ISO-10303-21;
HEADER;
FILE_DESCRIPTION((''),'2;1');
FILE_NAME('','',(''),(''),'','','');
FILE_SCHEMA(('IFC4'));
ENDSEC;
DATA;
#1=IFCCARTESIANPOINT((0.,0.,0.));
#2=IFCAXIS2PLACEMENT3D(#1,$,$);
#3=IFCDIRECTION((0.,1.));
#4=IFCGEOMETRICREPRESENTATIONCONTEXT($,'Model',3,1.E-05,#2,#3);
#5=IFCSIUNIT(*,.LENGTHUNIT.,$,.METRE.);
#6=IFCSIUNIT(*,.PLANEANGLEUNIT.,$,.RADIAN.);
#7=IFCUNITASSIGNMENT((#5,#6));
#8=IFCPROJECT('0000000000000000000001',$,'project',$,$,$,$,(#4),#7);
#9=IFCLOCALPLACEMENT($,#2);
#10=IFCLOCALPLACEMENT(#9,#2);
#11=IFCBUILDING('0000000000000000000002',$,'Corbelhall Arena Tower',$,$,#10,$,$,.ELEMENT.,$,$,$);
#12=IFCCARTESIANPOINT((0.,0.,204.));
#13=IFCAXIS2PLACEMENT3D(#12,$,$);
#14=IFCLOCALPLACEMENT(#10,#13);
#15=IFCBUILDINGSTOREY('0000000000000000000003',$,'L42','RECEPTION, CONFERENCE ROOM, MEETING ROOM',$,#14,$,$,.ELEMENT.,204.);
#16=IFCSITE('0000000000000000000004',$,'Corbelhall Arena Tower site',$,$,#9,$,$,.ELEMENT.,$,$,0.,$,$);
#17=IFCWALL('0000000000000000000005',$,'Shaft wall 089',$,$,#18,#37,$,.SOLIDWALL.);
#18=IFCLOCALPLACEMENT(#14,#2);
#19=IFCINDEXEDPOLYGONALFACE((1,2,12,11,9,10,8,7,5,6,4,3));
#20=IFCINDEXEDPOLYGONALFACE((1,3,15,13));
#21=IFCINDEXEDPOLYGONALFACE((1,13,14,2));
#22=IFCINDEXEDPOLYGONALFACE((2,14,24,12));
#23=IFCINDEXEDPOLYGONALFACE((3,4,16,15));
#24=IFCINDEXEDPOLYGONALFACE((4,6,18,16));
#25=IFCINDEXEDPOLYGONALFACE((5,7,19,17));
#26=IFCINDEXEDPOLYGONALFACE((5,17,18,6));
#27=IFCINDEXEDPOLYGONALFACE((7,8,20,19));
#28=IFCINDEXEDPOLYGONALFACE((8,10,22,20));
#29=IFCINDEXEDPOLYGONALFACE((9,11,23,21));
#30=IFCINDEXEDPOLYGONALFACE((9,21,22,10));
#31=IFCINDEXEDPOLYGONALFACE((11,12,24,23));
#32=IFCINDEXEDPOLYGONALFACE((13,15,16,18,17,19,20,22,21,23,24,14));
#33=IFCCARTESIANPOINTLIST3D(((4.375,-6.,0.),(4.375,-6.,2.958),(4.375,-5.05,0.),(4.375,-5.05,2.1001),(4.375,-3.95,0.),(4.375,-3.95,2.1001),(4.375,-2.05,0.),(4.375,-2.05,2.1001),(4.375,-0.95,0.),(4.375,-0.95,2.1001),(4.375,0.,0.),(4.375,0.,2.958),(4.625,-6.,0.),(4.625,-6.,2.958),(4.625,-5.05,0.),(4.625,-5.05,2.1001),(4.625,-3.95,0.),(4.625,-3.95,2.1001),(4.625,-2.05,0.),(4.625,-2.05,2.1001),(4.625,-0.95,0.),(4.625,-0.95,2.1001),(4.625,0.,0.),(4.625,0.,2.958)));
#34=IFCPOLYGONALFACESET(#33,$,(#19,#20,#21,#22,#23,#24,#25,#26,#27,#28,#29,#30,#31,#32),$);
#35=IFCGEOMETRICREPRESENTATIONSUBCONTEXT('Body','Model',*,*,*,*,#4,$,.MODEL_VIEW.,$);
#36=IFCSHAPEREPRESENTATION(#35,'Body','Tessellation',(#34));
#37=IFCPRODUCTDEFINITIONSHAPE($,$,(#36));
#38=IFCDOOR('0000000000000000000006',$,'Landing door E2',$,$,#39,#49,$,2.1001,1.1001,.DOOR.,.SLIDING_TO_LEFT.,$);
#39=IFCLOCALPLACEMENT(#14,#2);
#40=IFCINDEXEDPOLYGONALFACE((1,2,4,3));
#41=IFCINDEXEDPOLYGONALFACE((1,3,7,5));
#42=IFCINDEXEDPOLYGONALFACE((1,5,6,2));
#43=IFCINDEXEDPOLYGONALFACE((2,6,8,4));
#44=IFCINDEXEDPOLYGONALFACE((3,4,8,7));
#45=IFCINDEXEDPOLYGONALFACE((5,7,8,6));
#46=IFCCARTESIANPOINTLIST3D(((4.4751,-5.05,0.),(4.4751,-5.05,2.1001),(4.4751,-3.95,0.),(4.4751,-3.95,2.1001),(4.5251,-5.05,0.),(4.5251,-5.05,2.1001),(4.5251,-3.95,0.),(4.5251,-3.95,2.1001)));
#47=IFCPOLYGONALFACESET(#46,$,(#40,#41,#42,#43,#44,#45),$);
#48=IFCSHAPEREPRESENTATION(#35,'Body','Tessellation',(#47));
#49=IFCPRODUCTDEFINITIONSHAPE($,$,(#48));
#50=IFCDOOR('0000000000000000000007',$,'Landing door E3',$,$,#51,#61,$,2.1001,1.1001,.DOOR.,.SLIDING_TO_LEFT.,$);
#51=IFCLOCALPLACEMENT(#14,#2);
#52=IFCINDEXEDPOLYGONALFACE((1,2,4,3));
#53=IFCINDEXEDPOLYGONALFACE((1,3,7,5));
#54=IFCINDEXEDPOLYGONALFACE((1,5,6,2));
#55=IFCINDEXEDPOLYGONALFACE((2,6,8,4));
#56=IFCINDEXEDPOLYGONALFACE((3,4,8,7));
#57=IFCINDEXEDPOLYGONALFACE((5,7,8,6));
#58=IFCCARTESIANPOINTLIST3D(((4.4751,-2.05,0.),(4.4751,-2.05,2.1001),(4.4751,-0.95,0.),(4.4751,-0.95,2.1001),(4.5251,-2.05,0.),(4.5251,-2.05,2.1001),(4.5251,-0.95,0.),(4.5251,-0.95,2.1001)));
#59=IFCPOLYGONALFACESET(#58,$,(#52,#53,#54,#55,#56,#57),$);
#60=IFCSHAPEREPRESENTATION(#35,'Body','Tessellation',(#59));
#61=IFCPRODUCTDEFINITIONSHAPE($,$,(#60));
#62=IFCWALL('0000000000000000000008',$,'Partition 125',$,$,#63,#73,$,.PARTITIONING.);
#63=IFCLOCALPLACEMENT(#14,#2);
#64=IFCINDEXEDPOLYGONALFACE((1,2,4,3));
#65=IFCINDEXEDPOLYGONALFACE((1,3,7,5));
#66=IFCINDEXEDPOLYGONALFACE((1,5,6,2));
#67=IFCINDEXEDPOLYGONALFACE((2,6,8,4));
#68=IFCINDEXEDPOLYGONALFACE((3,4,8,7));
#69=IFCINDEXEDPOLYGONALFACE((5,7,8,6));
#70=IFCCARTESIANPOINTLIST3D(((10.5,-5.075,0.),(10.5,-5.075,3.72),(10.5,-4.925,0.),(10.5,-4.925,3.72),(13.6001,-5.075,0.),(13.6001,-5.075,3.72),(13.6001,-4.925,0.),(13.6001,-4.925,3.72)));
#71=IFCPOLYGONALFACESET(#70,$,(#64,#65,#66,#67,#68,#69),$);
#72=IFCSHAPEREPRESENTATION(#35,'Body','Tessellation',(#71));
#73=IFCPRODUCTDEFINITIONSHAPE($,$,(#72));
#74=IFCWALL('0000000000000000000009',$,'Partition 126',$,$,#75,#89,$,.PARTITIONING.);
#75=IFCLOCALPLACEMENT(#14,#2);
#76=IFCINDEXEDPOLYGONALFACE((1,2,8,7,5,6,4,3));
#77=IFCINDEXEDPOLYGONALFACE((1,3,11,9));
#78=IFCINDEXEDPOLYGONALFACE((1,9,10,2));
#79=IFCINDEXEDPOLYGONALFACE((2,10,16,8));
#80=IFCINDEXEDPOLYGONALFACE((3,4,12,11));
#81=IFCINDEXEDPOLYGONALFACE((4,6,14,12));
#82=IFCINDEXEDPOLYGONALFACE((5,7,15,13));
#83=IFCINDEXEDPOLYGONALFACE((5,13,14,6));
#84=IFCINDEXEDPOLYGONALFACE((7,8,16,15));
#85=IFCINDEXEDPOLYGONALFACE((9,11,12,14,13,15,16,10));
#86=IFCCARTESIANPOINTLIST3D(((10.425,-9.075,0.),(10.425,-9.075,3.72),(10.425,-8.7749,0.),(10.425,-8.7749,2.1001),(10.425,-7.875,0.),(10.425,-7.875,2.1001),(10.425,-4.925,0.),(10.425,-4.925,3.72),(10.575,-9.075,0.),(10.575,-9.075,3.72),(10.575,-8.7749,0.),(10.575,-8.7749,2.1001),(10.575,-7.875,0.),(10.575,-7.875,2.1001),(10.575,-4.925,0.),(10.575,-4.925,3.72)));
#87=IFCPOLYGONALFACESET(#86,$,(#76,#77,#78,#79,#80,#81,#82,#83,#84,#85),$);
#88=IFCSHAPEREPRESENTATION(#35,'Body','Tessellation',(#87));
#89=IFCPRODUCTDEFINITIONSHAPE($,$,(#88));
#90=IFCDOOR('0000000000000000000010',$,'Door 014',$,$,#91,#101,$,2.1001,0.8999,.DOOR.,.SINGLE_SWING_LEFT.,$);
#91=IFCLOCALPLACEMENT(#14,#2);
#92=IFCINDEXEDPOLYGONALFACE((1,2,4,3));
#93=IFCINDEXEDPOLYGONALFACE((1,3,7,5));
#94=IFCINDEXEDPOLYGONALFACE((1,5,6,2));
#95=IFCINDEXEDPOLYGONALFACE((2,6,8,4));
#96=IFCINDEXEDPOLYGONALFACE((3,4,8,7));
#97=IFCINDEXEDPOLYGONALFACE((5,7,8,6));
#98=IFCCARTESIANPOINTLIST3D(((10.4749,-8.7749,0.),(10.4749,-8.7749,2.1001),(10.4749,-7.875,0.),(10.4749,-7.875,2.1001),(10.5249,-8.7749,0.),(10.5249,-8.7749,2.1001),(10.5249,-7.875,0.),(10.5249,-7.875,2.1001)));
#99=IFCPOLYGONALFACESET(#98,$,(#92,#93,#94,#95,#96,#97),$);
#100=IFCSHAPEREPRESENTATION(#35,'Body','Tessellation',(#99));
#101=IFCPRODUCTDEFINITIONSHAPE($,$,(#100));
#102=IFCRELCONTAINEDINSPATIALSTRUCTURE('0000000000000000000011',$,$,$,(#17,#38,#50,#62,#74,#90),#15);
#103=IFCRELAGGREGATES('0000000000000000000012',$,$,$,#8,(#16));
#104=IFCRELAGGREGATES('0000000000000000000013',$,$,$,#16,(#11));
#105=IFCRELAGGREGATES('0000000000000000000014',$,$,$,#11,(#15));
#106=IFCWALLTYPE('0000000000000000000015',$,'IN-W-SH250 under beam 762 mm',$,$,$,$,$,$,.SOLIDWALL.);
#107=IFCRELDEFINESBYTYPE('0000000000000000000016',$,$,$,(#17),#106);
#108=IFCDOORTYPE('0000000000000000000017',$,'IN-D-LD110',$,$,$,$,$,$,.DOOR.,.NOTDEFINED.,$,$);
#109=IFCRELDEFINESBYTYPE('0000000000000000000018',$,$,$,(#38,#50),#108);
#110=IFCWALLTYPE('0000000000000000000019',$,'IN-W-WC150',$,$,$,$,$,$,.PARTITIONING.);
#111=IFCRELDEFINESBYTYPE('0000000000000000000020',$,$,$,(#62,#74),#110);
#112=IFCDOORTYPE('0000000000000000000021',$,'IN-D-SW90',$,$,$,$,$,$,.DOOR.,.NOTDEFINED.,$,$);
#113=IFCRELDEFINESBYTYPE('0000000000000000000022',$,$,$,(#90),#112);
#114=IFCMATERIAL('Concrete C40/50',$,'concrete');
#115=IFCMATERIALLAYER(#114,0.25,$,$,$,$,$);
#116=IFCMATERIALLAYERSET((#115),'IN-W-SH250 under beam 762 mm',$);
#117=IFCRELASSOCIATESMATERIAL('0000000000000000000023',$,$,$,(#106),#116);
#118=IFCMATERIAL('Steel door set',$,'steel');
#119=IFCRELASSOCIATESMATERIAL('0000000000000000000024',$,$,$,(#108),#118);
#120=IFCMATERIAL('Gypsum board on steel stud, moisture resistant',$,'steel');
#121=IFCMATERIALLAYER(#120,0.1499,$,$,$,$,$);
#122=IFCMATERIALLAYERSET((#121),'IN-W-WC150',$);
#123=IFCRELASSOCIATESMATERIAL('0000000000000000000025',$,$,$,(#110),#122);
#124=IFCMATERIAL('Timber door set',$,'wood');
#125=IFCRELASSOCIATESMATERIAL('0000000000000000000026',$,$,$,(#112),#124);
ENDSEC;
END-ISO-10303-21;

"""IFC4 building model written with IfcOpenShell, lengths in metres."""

from ifc_helpers import new_model, si_unit, direction, frame, frame_2d, origin, place, context, subcontext, project, spatial, rectangle, extrude, material, layer, layer_set, type_object, element, fill, save


model = new_model("IFC4")

# Units and contexts
model_context = context("Model", 3, precision=1e-05, world=origin(), true_north=direction((0.0, 1.0)))
body_context = subcontext(model_context, "Body", "Model", "MODEL_VIEW")
ifc_project = project(units=[si_unit("LENGTHUNIT", "METRE"), si_unit("PLANEANGLEUNIT", "RADIAN")], contexts=[model_context])

# Site, building, storey
site_placement = place(None, origin())
site = spatial("IfcSite", under=ifc_project, at=site_placement, Name="Corbelhall Arena Tower site", CompositionType="ELEMENT", RefElevation=0.0)
building_placement = place(site_placement, origin())
building = spatial("IfcBuilding", under=site, at=building_placement, Name="Corbelhall Arena Tower", CompositionType="ELEMENT")
storey_placement = place(building_placement, frame((0.0, 0.0, 204.0)))
storey = spatial("IfcBuildingStorey", under=building, at=storey_placement, Name="L42", Description="RECEPTION, CONFERENCE ROOM, MEETING ROOM", CompositionType="ELEMENT", Elevation=204.0)

# Shared definitions
ifc_material_1 = material(Name="Steel door set", Category="steel")

# Shared definitions
ifc_material_2 = material(Name="Concrete C40/50", Category="concrete")

# Wall, openings, doors
ifc_layer_1 = layer(ifc_material_2, 0.25)
ifc_layer_set_1 = layer_set([ifc_layer_1], Name="IN-W-SH250 under beam 762 mm")
wall_type_1 = type_object("IfcWallType", Name="IN-W-SH250 under beam 762 mm", PredefinedType="SOLIDWALL", material=ifc_layer_set_1)
wall_1_placement = place(storey_placement, frame((4.5, -6.0, 0.0), z_axis=(0.0, 0.0, 1.0), x_axis=(0.0, 1.0, 0.0)))
wall_1 = element("IfcWall", 1, at=wall_1_placement, inside=storey, type_object=wall_type_1, Name="Shaft wall 089", PredefinedType="SOLIDWALL", context=body_context, shape_type="SweptSolid", body=[
    extrude(rectangle(XDim=6.0, YDim=0.25, at=frame_2d((3.0, 0.0))), origin(), (0.0, 0.0, 1.0), 2.958),
])
opening_1_placement = place(wall_1_placement, frame((0.95, 0.0, 0.0)))
opening_1 = element("IfcOpeningElement", 2, at=opening_1_placement, cuts=wall_1, PredefinedType="OPENING", context=body_context, shape_type="SweptSolid", body=[
    extrude(rectangle(XDim=1.1001, YDim=2.1001, at=frame_2d((0.55, 1.05))), frame((0.0, 0.125, 0.0), z_axis=(0.0, -1.0, 0.0), x_axis=(1.0, 0.0, 0.0)), (0.0, 0.0, 1.0), 0.25),
])
opening_2_placement = place(wall_1_placement, frame((3.95, 0.0, 0.0)))
opening_2 = element("IfcOpeningElement", 3, at=opening_2_placement, cuts=wall_1, PredefinedType="OPENING", context=body_context, shape_type="SweptSolid", body=[
    extrude(rectangle(XDim=1.1001, YDim=2.1001, at=frame_2d((0.55, 1.05))), frame((0.0, 0.125, 0.0), z_axis=(0.0, -1.0, 0.0), x_axis=(1.0, 0.0, 0.0)), (0.0, 0.0, 1.0), 0.25),
])
door_type_1 = type_object("IfcDoorType", Name="IN-D-LD110", OperationType="NOTDEFINED", PredefinedType="DOOR", material=ifc_material_1)
door_1_placement = place(opening_1_placement, origin())
door_1 = element("IfcDoor", 4, at=door_1_placement, inside=storey, type_object=door_type_1, Name="Landing door E2", OperationType="SLIDING_TO_LEFT", OverallHeight=2.1001, OverallWidth=1.1001, PredefinedType="DOOR", context=body_context, shape_type="SweptSolid", body=[
    extrude(rectangle(XDim=1.1001, YDim=2.1001, at=frame_2d((0.55, 1.05))), frame((0.0, 0.0249, 0.0), z_axis=(0.0, -1.0, 0.0), x_axis=(1.0, 0.0, 0.0)), (0.0, 0.0, 1.0), 0.05),
])
fill(opening_1, door_1)
door_2_placement = place(opening_2_placement, origin())
door_2 = element("IfcDoor", 5, at=door_2_placement, inside=storey, type_object=door_type_1, Name="Landing door E3", OperationType="SLIDING_TO_LEFT", OverallHeight=2.1001, OverallWidth=1.1001, PredefinedType="DOOR", context=body_context, shape_type="SweptSolid", body=[
    extrude(rectangle(XDim=1.1001, YDim=2.1001, at=frame_2d((0.55, 1.05))), frame((0.0, 0.0249, 0.0), z_axis=(0.0, -1.0, 0.0), x_axis=(1.0, 0.0, 0.0)), (0.0, 0.0, 1.0), 0.05),
])
fill(opening_2, door_2)

# Wall
ifc_material_3 = material(Name="Gypsum board on steel stud, moisture resistant", Category="steel")
ifc_layer_2 = layer(ifc_material_3, 0.1499)
ifc_layer_set_2 = layer_set([ifc_layer_2], Name="IN-W-WC150")
wall_type_2 = type_object("IfcWallType", Name="IN-W-WC150", PredefinedType="PARTITIONING", material=ifc_layer_set_2)
wall_2_placement = place(storey_placement, frame((10.5, -5.0, 0.0), z_axis=(0.0, 0.0, 1.0), x_axis=(1.0, 0.0, 0.0)))
element("IfcWall", 6, at=wall_2_placement, inside=storey, type_object=wall_type_2, Name="Partition 125", PredefinedType="PARTITIONING", context=body_context, shape_type="SweptSolid", body=[
    extrude(rectangle(XDim=3.1001, YDim=0.1499, at=frame_2d((1.55, 0.0))), origin(), (0.0, 0.0, 1.0), 3.72),
])

# Wall, opening, door
wall_3_placement = place(storey_placement, frame((10.5, -4.925, 0.0), z_axis=(0.0, 0.0, 1.0), x_axis=(0.0, -1.0, 0.0)))
wall_3 = element("IfcWall", 7, at=wall_3_placement, inside=storey, type_object=wall_type_2, Name="Partition 126", PredefinedType="PARTITIONING", context=body_context, shape_type="SweptSolid", body=[
    extrude(rectangle(XDim=4.1499, YDim=0.1499, at=frame_2d((2.075, 0.0))), origin(), (0.0, 0.0, 1.0), 3.72),
])
opening_3_placement = place(wall_3_placement, frame((2.95, 0.0, 0.0)))
opening_3 = element("IfcOpeningElement", 8, at=opening_3_placement, cuts=wall_3, PredefinedType="OPENING", context=body_context, shape_type="SweptSolid", body=[
    extrude(rectangle(XDim=0.8999, YDim=2.1001, at=frame_2d((0.45, 1.05))), frame((0.0, 0.075, 0.0), z_axis=(0.0, -1.0, 0.0), x_axis=(1.0, 0.0, 0.0)), (0.0, 0.0, 1.0), 0.1499),
])
ifc_material_4 = material(Name="Timber door set", Category="wood")
door_type_2 = type_object("IfcDoorType", Name="IN-D-SW90", OperationType="NOTDEFINED", PredefinedType="DOOR", material=ifc_material_4)
door_3_placement = place(opening_3_placement, origin())
door_3 = element("IfcDoor", 9, at=door_3_placement, inside=storey, type_object=door_type_2, Name="Door 014", OperationType="SINGLE_SWING_LEFT", OverallHeight=2.1001, OverallWidth=0.8999, PredefinedType="DOOR", context=body_context, shape_type="SweptSolid", body=[
    extrude(rectangle(XDim=0.8999, YDim=2.1001, at=frame_2d((0.45, 1.05))), frame((0.0, 0.0249, 0.0), z_axis=(0.0, -1.0, 0.0), x_axis=(1.0, 0.0, 0.0)), (0.0, 0.0, 1.0), 0.05),
])
fill(opening_3, door_3)

save(model, "model.ifc")
